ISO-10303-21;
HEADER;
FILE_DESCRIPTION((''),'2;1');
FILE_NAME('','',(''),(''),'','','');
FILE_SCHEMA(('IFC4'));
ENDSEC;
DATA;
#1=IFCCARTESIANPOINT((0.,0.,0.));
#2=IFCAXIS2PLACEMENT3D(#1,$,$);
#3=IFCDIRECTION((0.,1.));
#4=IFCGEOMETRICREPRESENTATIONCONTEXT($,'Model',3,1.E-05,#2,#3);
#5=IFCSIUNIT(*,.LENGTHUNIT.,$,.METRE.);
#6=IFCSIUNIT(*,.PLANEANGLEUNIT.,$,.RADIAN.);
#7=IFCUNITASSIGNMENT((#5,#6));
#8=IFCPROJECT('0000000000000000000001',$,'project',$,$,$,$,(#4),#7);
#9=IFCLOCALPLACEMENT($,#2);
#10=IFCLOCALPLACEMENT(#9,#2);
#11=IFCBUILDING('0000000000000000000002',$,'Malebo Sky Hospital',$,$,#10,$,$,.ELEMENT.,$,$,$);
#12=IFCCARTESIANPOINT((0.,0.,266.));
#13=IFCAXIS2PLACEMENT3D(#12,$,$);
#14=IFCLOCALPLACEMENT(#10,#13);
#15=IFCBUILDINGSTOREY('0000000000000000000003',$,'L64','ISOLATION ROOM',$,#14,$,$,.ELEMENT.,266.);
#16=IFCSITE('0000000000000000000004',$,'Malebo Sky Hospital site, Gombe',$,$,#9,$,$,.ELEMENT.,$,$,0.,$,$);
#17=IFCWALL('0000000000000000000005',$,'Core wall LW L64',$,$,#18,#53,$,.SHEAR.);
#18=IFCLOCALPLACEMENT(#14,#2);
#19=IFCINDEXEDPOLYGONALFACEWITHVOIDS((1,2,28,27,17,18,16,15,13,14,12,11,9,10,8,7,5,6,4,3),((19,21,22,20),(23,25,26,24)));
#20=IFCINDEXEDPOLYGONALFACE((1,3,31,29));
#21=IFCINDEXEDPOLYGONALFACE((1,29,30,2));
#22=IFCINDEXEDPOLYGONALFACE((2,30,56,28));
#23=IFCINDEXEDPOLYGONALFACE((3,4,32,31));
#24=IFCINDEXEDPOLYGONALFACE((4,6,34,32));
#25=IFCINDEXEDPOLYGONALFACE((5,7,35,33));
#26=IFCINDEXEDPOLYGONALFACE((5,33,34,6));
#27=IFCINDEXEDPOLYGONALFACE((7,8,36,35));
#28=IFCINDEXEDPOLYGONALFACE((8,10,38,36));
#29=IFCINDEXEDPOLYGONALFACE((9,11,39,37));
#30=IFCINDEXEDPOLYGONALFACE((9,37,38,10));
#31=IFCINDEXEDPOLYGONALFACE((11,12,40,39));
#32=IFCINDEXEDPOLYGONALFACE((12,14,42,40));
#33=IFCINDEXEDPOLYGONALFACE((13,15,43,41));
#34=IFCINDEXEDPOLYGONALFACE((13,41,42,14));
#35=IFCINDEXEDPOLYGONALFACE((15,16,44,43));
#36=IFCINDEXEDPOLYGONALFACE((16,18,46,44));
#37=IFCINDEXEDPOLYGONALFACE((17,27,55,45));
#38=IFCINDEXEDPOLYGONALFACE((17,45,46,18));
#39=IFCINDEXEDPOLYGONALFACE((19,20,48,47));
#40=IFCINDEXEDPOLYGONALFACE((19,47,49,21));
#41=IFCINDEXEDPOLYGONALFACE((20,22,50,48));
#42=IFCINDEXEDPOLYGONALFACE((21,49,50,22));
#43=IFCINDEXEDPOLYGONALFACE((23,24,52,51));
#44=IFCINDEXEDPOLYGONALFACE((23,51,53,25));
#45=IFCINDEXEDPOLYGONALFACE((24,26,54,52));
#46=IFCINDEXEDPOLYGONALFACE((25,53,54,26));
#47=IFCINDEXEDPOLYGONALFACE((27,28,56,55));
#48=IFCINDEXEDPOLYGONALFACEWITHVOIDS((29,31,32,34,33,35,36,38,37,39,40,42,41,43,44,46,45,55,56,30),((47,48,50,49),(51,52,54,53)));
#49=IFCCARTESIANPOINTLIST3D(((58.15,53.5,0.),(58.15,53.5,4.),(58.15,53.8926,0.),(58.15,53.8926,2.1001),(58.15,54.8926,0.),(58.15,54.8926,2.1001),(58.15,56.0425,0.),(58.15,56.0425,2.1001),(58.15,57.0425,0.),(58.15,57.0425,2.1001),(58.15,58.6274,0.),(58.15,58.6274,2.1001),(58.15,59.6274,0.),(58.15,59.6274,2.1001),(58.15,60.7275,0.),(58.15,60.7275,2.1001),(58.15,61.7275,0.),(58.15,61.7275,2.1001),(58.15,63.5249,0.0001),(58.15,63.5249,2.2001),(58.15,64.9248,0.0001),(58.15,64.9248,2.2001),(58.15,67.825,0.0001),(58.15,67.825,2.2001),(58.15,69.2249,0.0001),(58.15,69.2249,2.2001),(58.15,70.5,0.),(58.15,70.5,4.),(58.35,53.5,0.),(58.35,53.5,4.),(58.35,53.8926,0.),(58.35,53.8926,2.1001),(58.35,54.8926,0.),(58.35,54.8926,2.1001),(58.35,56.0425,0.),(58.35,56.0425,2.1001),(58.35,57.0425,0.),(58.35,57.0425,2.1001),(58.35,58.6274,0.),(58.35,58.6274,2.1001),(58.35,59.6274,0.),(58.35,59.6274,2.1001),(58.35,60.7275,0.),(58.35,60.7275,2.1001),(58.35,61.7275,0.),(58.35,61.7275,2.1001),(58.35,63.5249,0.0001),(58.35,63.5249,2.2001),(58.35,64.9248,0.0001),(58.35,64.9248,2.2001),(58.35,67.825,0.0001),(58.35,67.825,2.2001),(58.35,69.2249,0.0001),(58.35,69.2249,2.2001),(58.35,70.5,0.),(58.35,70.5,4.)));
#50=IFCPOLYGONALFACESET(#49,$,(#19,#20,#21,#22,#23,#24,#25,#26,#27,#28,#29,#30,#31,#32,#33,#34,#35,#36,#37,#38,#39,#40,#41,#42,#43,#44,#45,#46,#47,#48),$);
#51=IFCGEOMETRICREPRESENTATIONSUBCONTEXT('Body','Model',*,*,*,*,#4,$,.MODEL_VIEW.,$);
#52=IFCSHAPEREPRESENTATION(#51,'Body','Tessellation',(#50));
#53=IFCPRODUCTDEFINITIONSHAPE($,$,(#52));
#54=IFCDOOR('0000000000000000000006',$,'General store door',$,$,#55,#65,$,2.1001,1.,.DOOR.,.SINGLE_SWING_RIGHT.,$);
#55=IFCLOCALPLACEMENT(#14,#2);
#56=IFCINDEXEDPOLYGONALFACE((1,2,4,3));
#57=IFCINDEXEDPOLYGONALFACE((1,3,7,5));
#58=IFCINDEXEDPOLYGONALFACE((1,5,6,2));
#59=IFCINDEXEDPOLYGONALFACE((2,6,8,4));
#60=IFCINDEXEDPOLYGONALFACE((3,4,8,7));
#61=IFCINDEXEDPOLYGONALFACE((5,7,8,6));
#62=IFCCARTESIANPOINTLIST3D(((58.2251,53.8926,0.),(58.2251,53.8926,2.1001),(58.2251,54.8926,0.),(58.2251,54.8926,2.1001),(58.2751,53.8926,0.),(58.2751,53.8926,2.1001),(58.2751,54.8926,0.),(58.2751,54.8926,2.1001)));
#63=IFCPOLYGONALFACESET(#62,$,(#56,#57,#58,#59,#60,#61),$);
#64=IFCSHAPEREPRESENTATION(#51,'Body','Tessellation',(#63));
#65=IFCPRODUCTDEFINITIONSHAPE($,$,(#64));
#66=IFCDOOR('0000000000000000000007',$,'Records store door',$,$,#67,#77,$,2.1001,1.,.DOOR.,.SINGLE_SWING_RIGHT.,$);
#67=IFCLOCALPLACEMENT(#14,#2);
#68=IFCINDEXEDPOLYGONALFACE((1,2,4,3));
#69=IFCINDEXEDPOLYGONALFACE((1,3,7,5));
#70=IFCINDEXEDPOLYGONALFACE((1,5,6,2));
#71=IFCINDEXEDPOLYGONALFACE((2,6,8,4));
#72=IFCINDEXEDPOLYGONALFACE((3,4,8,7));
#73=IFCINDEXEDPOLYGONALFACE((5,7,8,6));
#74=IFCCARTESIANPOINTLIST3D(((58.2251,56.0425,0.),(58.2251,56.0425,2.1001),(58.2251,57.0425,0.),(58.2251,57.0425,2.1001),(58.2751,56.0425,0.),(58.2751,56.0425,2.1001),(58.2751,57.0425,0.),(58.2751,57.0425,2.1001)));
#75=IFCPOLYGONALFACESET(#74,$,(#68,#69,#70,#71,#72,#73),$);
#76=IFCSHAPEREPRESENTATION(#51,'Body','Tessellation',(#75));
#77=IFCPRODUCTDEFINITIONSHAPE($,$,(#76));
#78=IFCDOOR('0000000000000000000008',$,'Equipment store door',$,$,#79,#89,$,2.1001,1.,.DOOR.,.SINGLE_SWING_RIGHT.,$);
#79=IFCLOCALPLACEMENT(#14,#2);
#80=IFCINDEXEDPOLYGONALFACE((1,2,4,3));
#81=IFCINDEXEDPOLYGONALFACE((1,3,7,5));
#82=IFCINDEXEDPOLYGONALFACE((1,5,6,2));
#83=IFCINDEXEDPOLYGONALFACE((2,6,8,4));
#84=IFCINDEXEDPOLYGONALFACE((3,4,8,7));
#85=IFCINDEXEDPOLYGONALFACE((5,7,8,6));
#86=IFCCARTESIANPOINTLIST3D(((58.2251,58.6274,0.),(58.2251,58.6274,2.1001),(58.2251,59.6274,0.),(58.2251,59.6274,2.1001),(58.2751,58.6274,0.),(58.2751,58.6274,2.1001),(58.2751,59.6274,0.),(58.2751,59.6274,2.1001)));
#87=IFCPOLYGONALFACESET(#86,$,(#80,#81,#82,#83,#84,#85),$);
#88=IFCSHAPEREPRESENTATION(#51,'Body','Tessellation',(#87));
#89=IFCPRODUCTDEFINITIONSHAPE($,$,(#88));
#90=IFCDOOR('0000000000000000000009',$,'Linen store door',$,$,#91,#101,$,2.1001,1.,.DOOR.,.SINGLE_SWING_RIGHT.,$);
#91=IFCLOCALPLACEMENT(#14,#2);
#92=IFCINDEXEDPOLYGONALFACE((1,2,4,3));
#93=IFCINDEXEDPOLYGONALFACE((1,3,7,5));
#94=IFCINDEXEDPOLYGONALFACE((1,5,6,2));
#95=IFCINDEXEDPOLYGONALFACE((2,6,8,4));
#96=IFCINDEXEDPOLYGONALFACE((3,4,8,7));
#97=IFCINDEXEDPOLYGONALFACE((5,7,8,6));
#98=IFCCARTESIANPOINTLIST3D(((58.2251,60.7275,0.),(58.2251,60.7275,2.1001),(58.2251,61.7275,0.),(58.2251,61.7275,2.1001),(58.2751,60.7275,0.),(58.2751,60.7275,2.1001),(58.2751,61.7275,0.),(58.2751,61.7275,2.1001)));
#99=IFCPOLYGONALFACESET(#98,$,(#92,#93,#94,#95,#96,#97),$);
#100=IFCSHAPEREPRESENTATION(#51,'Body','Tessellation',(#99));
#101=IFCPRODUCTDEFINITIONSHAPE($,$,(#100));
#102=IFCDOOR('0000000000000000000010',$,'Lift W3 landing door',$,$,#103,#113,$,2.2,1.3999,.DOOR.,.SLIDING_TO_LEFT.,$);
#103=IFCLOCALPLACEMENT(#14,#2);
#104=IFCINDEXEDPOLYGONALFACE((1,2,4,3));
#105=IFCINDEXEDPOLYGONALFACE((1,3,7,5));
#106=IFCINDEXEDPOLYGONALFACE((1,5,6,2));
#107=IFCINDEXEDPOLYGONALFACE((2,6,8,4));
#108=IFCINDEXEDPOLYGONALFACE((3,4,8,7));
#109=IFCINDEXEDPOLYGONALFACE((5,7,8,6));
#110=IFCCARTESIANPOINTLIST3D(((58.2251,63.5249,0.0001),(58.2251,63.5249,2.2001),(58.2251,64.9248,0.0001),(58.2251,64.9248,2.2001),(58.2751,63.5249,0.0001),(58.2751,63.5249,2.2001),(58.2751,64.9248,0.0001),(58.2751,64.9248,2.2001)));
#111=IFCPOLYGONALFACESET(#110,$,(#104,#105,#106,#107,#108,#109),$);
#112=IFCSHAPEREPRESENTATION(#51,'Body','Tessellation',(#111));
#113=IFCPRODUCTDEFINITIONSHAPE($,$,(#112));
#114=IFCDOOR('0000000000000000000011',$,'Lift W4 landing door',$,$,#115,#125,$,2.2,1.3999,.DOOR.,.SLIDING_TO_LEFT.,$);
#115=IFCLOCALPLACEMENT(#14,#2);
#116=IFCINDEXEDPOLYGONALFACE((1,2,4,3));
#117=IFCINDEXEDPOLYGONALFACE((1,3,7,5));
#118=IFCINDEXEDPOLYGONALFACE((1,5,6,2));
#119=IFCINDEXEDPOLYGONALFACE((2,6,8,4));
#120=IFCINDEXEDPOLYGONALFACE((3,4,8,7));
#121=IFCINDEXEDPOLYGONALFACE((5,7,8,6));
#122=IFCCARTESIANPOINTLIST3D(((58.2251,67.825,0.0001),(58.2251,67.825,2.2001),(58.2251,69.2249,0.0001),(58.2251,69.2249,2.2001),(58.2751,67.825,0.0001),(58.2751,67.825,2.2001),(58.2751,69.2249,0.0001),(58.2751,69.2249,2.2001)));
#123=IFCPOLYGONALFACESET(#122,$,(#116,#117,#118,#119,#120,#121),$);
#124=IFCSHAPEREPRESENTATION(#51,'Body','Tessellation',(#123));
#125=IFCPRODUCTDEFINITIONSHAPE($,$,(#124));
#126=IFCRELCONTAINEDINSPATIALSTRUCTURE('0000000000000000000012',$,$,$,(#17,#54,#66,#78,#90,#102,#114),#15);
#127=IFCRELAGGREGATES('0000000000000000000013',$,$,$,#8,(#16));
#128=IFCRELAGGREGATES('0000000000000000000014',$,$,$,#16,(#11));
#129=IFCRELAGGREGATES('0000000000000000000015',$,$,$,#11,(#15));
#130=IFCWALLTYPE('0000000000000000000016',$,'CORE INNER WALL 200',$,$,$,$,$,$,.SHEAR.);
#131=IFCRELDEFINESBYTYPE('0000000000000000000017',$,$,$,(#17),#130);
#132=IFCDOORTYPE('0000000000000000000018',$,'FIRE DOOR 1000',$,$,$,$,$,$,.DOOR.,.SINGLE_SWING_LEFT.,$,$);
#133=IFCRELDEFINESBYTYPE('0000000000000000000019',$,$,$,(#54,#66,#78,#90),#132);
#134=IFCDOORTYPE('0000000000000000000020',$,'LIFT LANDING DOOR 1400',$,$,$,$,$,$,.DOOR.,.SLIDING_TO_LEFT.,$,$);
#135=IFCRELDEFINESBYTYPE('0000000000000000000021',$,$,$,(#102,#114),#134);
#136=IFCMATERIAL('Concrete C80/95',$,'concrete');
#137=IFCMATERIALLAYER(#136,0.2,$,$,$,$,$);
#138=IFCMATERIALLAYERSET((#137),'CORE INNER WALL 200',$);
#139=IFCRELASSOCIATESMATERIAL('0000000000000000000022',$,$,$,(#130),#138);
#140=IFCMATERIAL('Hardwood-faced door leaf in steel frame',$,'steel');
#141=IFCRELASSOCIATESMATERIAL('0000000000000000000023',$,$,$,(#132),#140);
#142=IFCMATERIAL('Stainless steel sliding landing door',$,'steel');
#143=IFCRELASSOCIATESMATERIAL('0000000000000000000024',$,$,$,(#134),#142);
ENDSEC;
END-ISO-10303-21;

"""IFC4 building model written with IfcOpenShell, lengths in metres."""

from ifc_helpers import new_model, si_unit, direction, frame, frame_2d, origin, place, context, subcontext, project, spatial, rectangle, extrude, material, layer, layer_set, type_object, element, fill, save


model = new_model("IFC4")

# Units and contexts
model_context = context("Model", 3, precision=1e-05, world=origin(), true_north=direction((0.0, 1.0)))
body_context = subcontext(model_context, "Body", "Model", "MODEL_VIEW")
ifc_project = project(units=[si_unit("LENGTHUNIT", "METRE"), si_unit("PLANEANGLEUNIT", "RADIAN")], contexts=[model_context])

# Site, building, storey
site_placement = place(None, origin())
site = spatial("IfcSite", under=ifc_project, at=site_placement, Name="Malebo Sky Hospital site, Gombe", CompositionType="ELEMENT", RefElevation=0.0)
building_placement = place(site_placement, origin())
building = spatial("IfcBuilding", under=site, at=building_placement, Name="Malebo Sky Hospital", CompositionType="ELEMENT")
storey_placement = place(building_placement, frame((0.0, 0.0, 266.0)))
storey = spatial("IfcBuildingStorey", under=building, at=storey_placement, Name="L64", Description="ISOLATION ROOM", CompositionType="ELEMENT", Elevation=266.0)

# Wall, openings, doors
ifc_material_1 = material(Name="Concrete C80/95", Category="concrete")
ifc_layer_1 = layer(ifc_material_1, 0.2)
ifc_layer_set_1 = layer_set([ifc_layer_1], Name="CORE INNER WALL 200")
wall_type_1 = type_object("IfcWallType", Name="CORE INNER WALL 200", PredefinedType="SHEAR", material=ifc_layer_set_1)
wall_1_placement = place(storey_placement, frame((58.25, 53.5, 0.0), z_axis=(0.0, 0.0, 1.0), x_axis=(0.0, 1.0, 0.0)))
wall_1 = element("IfcWall", 1, at=wall_1_placement, inside=storey, type_object=wall_type_1, Name="Core wall LW L64", PredefinedType="SHEAR", context=body_context, shape_type="SweptSolid", body=[
    extrude(rectangle(XDim=17.0, YDim=0.2, at=frame_2d((8.5, 0.0))), origin(), (0.0, 0.0, 1.0), 4.0),
])
opening_1_placement = place(wall_1_placement, frame((0.3926, 0.0, 0.0)))
opening_1 = element("IfcOpeningElement", 2, at=opening_1_placement, cuts=wall_1, PredefinedType="OPENING", context=body_context, shape_type="SweptSolid", body=[
    extrude(rectangle(XDim=1.0, YDim=2.1001, at=frame_2d((0.5, 1.05))), frame((0.0, 0.1099, 0.0), z_axis=(0.0, -1.0, 0.0), x_axis=(1.0, 0.0, 0.0)), (0.0, 0.0, 1.0), 0.22),
])
opening_2_placement = place(wall_1_placement, frame((2.5425, 0.0, 0.0)))
opening_2 = element("IfcOpeningElement", 3, at=opening_2_placement, cuts=wall_1, PredefinedType="OPENING", context=body_context, shape_type="SweptSolid", body=[
    extrude(rectangle(XDim=1.0, YDim=2.1001, at=frame_2d((0.5, 1.05))), frame((0.0, 0.1099, 0.0), z_axis=(0.0, -1.0, 0.0), x_axis=(1.0, 0.0, 0.0)), (0.0, 0.0, 1.0), 0.22),
])
opening_3_placement = place(wall_1_placement, frame((5.1274, 0.0, 0.0)))
opening_3 = element("IfcOpeningElement", 4, at=opening_3_placement, cuts=wall_1, PredefinedType="OPENING", context=body_context, shape_type="SweptSolid", body=[
    extrude(rectangle(XDim=1.0, YDim=2.1001, at=frame_2d((0.5, 1.05))), frame((0.0, 0.1099, 0.0), z_axis=(0.0, -1.0, 0.0), x_axis=(1.0, 0.0, 0.0)), (0.0, 0.0, 1.0), 0.22),
])
opening_4_placement = place(wall_1_placement, frame((7.2275, 0.0, 0.0)))
opening_4 = element("IfcOpeningElement", 5, at=opening_4_placement, cuts=wall_1, PredefinedType="OPENING", context=body_context, shape_type="SweptSolid", body=[
    extrude(rectangle(XDim=1.0, YDim=2.1001, at=frame_2d((0.5, 1.05))), frame((0.0, 0.1099, 0.0), z_axis=(0.0, -1.0, 0.0), x_axis=(1.0, 0.0, 0.0)), (0.0, 0.0, 1.0), 0.22),
])
opening_5_placement = place(wall_1_placement, frame((10.0249, 0.0, 0.0)))
opening_5 = element("IfcOpeningElement", 6, at=opening_5_placement, cuts=wall_1, PredefinedType="OPENING", context=body_context, shape_type="SweptSolid", body=[
    extrude(rectangle(XDim=1.3999, YDim=2.2, at=frame_2d((0.7, 1.1001))), frame((0.0, 0.1099, 0.0), z_axis=(0.0, -1.0, 0.0), x_axis=(1.0, 0.0, 0.0)), (0.0, 0.0, 1.0), 0.22),
])
opening_6_placement = place(wall_1_placement, frame((14.325, 0.0, 0.0)))
opening_6 = element("IfcOpeningElement", 7, at=opening_6_placement, cuts=wall_1, PredefinedType="OPENING", context=body_context, shape_type="SweptSolid", body=[
    extrude(rectangle(XDim=1.3999, YDim=2.2, at=frame_2d((0.7, 1.1001))), frame((0.0, 0.1099, 0.0), z_axis=(0.0, -1.0, 0.0), x_axis=(1.0, 0.0, 0.0)), (0.0, 0.0, 1.0), 0.22),
])
ifc_material_2 = material(Name="Hardwood-faced door leaf in steel frame", Category="steel")
door_type_1 = type_object("IfcDoorType", Name="FIRE DOOR 1000", OperationType="SINGLE_SWING_LEFT", PredefinedType="DOOR", material=ifc_material_2)
door_1_placement = place(opening_1_placement, origin())
door_1 = element("IfcDoor", 8, at=door_1_placement, inside=storey, type_object=door_type_1, Name="General store door", OperationType="SINGLE_SWING_RIGHT", OverallHeight=2.1001, OverallWidth=1.0, PredefinedType="DOOR", context=body_context, shape_type="SweptSolid", body=[
    extrude(rectangle(XDim=1.0, YDim=2.1001, at=frame_2d((0.5, 1.05))), frame((0.0, 0.0249, 0.0), z_axis=(0.0, -1.0, 0.0), x_axis=(1.0, 0.0, 0.0)), (0.0, 0.0, 1.0), 0.05),
])
fill(opening_1, door_1)
door_2_placement = place(opening_2_placement, origin())
door_2 = element("IfcDoor", 9, at=door_2_placement, inside=storey, type_object=door_type_1, Name="Records store door", OperationType="SINGLE_SWING_RIGHT", OverallHeight=2.1001, OverallWidth=1.0, PredefinedType="DOOR", context=body_context, shape_type="SweptSolid", body=[
    extrude(rectangle(XDim=1.0, YDim=2.1001, at=frame_2d((0.5, 1.05))), frame((0.0, 0.0249, 0.0), z_axis=(0.0, -1.0, 0.0), x_axis=(1.0, 0.0, 0.0)), (0.0, 0.0, 1.0), 0.05),
])
fill(opening_2, door_2)
door_3_placement = place(opening_3_placement, origin())
door_3 = element("IfcDoor", 10, at=door_3_placement, inside=storey, type_object=door_type_1, Name="Equipment store door", OperationType="SINGLE_SWING_RIGHT", OverallHeight=2.1001, OverallWidth=1.0, PredefinedType="DOOR", context=body_context, shape_type="SweptSolid", body=[
    extrude(rectangle(XDim=1.0, YDim=2.1001, at=frame_2d((0.5, 1.05))), frame((0.0, 0.0249, 0.0), z_axis=(0.0, -1.0, 0.0), x_axis=(1.0, 0.0, 0.0)), (0.0, 0.0, 1.0), 0.05),
])
fill(opening_3, door_3)
door_4_placement = place(opening_4_placement, origin())
door_4 = element("IfcDoor", 11, at=door_4_placement, inside=storey, type_object=door_type_1, Name="Linen store door", OperationType="SINGLE_SWING_RIGHT", OverallHeight=2.1001, OverallWidth=1.0, PredefinedType="DOOR", context=body_context, shape_type="SweptSolid", body=[
    extrude(rectangle(XDim=1.0, YDim=2.1001, at=frame_2d((0.5, 1.05))), frame((0.0, 0.0249, 0.0), z_axis=(0.0, -1.0, 0.0), x_axis=(1.0, 0.0, 0.0)), (0.0, 0.0, 1.0), 0.05),
])
fill(opening_4, door_4)
ifc_material_3 = material(Name="Stainless steel sliding landing door", Category="steel")
door_type_2 = type_object("IfcDoorType", Name="LIFT LANDING DOOR 1400", OperationType="SLIDING_TO_LEFT", PredefinedType="DOOR", material=ifc_material_3)
door_5_placement = place(opening_5_placement, origin())
door_5 = element("IfcDoor", 12, at=door_5_placement, inside=storey, type_object=door_type_2, Name="Lift W3 landing door", OperationType="SLIDING_TO_LEFT", OverallHeight=2.2, OverallWidth=1.3999, PredefinedType="DOOR", context=body_context, shape_type="SweptSolid", body=[
    extrude(rectangle(XDim=1.3999, YDim=2.2, at=frame_2d((0.7, 1.1001))), frame((0.0, 0.0249, 0.0), z_axis=(0.0, -1.0, 0.0), x_axis=(1.0, 0.0, 0.0)), (0.0, 0.0, 1.0), 0.05),
])
fill(opening_5, door_5)
door_6_placement = place(opening_6_placement, origin())
door_6 = element("IfcDoor", 13, at=door_6_placement, inside=storey, type_object=door_type_2, Name="Lift W4 landing door", OperationType="SLIDING_TO_LEFT", OverallHeight=2.2, OverallWidth=1.3999, PredefinedType="DOOR", context=body_context, shape_type="SweptSolid", body=[
    extrude(rectangle(XDim=1.3999, YDim=2.2, at=frame_2d((0.7, 1.1001))), frame((0.0, 0.0249, 0.0), z_axis=(0.0, -1.0, 0.0), x_axis=(1.0, 0.0, 0.0)), (0.0, 0.0, 1.0), 0.05),
])
fill(opening_6, door_6)

save(model, "model.ifc")
